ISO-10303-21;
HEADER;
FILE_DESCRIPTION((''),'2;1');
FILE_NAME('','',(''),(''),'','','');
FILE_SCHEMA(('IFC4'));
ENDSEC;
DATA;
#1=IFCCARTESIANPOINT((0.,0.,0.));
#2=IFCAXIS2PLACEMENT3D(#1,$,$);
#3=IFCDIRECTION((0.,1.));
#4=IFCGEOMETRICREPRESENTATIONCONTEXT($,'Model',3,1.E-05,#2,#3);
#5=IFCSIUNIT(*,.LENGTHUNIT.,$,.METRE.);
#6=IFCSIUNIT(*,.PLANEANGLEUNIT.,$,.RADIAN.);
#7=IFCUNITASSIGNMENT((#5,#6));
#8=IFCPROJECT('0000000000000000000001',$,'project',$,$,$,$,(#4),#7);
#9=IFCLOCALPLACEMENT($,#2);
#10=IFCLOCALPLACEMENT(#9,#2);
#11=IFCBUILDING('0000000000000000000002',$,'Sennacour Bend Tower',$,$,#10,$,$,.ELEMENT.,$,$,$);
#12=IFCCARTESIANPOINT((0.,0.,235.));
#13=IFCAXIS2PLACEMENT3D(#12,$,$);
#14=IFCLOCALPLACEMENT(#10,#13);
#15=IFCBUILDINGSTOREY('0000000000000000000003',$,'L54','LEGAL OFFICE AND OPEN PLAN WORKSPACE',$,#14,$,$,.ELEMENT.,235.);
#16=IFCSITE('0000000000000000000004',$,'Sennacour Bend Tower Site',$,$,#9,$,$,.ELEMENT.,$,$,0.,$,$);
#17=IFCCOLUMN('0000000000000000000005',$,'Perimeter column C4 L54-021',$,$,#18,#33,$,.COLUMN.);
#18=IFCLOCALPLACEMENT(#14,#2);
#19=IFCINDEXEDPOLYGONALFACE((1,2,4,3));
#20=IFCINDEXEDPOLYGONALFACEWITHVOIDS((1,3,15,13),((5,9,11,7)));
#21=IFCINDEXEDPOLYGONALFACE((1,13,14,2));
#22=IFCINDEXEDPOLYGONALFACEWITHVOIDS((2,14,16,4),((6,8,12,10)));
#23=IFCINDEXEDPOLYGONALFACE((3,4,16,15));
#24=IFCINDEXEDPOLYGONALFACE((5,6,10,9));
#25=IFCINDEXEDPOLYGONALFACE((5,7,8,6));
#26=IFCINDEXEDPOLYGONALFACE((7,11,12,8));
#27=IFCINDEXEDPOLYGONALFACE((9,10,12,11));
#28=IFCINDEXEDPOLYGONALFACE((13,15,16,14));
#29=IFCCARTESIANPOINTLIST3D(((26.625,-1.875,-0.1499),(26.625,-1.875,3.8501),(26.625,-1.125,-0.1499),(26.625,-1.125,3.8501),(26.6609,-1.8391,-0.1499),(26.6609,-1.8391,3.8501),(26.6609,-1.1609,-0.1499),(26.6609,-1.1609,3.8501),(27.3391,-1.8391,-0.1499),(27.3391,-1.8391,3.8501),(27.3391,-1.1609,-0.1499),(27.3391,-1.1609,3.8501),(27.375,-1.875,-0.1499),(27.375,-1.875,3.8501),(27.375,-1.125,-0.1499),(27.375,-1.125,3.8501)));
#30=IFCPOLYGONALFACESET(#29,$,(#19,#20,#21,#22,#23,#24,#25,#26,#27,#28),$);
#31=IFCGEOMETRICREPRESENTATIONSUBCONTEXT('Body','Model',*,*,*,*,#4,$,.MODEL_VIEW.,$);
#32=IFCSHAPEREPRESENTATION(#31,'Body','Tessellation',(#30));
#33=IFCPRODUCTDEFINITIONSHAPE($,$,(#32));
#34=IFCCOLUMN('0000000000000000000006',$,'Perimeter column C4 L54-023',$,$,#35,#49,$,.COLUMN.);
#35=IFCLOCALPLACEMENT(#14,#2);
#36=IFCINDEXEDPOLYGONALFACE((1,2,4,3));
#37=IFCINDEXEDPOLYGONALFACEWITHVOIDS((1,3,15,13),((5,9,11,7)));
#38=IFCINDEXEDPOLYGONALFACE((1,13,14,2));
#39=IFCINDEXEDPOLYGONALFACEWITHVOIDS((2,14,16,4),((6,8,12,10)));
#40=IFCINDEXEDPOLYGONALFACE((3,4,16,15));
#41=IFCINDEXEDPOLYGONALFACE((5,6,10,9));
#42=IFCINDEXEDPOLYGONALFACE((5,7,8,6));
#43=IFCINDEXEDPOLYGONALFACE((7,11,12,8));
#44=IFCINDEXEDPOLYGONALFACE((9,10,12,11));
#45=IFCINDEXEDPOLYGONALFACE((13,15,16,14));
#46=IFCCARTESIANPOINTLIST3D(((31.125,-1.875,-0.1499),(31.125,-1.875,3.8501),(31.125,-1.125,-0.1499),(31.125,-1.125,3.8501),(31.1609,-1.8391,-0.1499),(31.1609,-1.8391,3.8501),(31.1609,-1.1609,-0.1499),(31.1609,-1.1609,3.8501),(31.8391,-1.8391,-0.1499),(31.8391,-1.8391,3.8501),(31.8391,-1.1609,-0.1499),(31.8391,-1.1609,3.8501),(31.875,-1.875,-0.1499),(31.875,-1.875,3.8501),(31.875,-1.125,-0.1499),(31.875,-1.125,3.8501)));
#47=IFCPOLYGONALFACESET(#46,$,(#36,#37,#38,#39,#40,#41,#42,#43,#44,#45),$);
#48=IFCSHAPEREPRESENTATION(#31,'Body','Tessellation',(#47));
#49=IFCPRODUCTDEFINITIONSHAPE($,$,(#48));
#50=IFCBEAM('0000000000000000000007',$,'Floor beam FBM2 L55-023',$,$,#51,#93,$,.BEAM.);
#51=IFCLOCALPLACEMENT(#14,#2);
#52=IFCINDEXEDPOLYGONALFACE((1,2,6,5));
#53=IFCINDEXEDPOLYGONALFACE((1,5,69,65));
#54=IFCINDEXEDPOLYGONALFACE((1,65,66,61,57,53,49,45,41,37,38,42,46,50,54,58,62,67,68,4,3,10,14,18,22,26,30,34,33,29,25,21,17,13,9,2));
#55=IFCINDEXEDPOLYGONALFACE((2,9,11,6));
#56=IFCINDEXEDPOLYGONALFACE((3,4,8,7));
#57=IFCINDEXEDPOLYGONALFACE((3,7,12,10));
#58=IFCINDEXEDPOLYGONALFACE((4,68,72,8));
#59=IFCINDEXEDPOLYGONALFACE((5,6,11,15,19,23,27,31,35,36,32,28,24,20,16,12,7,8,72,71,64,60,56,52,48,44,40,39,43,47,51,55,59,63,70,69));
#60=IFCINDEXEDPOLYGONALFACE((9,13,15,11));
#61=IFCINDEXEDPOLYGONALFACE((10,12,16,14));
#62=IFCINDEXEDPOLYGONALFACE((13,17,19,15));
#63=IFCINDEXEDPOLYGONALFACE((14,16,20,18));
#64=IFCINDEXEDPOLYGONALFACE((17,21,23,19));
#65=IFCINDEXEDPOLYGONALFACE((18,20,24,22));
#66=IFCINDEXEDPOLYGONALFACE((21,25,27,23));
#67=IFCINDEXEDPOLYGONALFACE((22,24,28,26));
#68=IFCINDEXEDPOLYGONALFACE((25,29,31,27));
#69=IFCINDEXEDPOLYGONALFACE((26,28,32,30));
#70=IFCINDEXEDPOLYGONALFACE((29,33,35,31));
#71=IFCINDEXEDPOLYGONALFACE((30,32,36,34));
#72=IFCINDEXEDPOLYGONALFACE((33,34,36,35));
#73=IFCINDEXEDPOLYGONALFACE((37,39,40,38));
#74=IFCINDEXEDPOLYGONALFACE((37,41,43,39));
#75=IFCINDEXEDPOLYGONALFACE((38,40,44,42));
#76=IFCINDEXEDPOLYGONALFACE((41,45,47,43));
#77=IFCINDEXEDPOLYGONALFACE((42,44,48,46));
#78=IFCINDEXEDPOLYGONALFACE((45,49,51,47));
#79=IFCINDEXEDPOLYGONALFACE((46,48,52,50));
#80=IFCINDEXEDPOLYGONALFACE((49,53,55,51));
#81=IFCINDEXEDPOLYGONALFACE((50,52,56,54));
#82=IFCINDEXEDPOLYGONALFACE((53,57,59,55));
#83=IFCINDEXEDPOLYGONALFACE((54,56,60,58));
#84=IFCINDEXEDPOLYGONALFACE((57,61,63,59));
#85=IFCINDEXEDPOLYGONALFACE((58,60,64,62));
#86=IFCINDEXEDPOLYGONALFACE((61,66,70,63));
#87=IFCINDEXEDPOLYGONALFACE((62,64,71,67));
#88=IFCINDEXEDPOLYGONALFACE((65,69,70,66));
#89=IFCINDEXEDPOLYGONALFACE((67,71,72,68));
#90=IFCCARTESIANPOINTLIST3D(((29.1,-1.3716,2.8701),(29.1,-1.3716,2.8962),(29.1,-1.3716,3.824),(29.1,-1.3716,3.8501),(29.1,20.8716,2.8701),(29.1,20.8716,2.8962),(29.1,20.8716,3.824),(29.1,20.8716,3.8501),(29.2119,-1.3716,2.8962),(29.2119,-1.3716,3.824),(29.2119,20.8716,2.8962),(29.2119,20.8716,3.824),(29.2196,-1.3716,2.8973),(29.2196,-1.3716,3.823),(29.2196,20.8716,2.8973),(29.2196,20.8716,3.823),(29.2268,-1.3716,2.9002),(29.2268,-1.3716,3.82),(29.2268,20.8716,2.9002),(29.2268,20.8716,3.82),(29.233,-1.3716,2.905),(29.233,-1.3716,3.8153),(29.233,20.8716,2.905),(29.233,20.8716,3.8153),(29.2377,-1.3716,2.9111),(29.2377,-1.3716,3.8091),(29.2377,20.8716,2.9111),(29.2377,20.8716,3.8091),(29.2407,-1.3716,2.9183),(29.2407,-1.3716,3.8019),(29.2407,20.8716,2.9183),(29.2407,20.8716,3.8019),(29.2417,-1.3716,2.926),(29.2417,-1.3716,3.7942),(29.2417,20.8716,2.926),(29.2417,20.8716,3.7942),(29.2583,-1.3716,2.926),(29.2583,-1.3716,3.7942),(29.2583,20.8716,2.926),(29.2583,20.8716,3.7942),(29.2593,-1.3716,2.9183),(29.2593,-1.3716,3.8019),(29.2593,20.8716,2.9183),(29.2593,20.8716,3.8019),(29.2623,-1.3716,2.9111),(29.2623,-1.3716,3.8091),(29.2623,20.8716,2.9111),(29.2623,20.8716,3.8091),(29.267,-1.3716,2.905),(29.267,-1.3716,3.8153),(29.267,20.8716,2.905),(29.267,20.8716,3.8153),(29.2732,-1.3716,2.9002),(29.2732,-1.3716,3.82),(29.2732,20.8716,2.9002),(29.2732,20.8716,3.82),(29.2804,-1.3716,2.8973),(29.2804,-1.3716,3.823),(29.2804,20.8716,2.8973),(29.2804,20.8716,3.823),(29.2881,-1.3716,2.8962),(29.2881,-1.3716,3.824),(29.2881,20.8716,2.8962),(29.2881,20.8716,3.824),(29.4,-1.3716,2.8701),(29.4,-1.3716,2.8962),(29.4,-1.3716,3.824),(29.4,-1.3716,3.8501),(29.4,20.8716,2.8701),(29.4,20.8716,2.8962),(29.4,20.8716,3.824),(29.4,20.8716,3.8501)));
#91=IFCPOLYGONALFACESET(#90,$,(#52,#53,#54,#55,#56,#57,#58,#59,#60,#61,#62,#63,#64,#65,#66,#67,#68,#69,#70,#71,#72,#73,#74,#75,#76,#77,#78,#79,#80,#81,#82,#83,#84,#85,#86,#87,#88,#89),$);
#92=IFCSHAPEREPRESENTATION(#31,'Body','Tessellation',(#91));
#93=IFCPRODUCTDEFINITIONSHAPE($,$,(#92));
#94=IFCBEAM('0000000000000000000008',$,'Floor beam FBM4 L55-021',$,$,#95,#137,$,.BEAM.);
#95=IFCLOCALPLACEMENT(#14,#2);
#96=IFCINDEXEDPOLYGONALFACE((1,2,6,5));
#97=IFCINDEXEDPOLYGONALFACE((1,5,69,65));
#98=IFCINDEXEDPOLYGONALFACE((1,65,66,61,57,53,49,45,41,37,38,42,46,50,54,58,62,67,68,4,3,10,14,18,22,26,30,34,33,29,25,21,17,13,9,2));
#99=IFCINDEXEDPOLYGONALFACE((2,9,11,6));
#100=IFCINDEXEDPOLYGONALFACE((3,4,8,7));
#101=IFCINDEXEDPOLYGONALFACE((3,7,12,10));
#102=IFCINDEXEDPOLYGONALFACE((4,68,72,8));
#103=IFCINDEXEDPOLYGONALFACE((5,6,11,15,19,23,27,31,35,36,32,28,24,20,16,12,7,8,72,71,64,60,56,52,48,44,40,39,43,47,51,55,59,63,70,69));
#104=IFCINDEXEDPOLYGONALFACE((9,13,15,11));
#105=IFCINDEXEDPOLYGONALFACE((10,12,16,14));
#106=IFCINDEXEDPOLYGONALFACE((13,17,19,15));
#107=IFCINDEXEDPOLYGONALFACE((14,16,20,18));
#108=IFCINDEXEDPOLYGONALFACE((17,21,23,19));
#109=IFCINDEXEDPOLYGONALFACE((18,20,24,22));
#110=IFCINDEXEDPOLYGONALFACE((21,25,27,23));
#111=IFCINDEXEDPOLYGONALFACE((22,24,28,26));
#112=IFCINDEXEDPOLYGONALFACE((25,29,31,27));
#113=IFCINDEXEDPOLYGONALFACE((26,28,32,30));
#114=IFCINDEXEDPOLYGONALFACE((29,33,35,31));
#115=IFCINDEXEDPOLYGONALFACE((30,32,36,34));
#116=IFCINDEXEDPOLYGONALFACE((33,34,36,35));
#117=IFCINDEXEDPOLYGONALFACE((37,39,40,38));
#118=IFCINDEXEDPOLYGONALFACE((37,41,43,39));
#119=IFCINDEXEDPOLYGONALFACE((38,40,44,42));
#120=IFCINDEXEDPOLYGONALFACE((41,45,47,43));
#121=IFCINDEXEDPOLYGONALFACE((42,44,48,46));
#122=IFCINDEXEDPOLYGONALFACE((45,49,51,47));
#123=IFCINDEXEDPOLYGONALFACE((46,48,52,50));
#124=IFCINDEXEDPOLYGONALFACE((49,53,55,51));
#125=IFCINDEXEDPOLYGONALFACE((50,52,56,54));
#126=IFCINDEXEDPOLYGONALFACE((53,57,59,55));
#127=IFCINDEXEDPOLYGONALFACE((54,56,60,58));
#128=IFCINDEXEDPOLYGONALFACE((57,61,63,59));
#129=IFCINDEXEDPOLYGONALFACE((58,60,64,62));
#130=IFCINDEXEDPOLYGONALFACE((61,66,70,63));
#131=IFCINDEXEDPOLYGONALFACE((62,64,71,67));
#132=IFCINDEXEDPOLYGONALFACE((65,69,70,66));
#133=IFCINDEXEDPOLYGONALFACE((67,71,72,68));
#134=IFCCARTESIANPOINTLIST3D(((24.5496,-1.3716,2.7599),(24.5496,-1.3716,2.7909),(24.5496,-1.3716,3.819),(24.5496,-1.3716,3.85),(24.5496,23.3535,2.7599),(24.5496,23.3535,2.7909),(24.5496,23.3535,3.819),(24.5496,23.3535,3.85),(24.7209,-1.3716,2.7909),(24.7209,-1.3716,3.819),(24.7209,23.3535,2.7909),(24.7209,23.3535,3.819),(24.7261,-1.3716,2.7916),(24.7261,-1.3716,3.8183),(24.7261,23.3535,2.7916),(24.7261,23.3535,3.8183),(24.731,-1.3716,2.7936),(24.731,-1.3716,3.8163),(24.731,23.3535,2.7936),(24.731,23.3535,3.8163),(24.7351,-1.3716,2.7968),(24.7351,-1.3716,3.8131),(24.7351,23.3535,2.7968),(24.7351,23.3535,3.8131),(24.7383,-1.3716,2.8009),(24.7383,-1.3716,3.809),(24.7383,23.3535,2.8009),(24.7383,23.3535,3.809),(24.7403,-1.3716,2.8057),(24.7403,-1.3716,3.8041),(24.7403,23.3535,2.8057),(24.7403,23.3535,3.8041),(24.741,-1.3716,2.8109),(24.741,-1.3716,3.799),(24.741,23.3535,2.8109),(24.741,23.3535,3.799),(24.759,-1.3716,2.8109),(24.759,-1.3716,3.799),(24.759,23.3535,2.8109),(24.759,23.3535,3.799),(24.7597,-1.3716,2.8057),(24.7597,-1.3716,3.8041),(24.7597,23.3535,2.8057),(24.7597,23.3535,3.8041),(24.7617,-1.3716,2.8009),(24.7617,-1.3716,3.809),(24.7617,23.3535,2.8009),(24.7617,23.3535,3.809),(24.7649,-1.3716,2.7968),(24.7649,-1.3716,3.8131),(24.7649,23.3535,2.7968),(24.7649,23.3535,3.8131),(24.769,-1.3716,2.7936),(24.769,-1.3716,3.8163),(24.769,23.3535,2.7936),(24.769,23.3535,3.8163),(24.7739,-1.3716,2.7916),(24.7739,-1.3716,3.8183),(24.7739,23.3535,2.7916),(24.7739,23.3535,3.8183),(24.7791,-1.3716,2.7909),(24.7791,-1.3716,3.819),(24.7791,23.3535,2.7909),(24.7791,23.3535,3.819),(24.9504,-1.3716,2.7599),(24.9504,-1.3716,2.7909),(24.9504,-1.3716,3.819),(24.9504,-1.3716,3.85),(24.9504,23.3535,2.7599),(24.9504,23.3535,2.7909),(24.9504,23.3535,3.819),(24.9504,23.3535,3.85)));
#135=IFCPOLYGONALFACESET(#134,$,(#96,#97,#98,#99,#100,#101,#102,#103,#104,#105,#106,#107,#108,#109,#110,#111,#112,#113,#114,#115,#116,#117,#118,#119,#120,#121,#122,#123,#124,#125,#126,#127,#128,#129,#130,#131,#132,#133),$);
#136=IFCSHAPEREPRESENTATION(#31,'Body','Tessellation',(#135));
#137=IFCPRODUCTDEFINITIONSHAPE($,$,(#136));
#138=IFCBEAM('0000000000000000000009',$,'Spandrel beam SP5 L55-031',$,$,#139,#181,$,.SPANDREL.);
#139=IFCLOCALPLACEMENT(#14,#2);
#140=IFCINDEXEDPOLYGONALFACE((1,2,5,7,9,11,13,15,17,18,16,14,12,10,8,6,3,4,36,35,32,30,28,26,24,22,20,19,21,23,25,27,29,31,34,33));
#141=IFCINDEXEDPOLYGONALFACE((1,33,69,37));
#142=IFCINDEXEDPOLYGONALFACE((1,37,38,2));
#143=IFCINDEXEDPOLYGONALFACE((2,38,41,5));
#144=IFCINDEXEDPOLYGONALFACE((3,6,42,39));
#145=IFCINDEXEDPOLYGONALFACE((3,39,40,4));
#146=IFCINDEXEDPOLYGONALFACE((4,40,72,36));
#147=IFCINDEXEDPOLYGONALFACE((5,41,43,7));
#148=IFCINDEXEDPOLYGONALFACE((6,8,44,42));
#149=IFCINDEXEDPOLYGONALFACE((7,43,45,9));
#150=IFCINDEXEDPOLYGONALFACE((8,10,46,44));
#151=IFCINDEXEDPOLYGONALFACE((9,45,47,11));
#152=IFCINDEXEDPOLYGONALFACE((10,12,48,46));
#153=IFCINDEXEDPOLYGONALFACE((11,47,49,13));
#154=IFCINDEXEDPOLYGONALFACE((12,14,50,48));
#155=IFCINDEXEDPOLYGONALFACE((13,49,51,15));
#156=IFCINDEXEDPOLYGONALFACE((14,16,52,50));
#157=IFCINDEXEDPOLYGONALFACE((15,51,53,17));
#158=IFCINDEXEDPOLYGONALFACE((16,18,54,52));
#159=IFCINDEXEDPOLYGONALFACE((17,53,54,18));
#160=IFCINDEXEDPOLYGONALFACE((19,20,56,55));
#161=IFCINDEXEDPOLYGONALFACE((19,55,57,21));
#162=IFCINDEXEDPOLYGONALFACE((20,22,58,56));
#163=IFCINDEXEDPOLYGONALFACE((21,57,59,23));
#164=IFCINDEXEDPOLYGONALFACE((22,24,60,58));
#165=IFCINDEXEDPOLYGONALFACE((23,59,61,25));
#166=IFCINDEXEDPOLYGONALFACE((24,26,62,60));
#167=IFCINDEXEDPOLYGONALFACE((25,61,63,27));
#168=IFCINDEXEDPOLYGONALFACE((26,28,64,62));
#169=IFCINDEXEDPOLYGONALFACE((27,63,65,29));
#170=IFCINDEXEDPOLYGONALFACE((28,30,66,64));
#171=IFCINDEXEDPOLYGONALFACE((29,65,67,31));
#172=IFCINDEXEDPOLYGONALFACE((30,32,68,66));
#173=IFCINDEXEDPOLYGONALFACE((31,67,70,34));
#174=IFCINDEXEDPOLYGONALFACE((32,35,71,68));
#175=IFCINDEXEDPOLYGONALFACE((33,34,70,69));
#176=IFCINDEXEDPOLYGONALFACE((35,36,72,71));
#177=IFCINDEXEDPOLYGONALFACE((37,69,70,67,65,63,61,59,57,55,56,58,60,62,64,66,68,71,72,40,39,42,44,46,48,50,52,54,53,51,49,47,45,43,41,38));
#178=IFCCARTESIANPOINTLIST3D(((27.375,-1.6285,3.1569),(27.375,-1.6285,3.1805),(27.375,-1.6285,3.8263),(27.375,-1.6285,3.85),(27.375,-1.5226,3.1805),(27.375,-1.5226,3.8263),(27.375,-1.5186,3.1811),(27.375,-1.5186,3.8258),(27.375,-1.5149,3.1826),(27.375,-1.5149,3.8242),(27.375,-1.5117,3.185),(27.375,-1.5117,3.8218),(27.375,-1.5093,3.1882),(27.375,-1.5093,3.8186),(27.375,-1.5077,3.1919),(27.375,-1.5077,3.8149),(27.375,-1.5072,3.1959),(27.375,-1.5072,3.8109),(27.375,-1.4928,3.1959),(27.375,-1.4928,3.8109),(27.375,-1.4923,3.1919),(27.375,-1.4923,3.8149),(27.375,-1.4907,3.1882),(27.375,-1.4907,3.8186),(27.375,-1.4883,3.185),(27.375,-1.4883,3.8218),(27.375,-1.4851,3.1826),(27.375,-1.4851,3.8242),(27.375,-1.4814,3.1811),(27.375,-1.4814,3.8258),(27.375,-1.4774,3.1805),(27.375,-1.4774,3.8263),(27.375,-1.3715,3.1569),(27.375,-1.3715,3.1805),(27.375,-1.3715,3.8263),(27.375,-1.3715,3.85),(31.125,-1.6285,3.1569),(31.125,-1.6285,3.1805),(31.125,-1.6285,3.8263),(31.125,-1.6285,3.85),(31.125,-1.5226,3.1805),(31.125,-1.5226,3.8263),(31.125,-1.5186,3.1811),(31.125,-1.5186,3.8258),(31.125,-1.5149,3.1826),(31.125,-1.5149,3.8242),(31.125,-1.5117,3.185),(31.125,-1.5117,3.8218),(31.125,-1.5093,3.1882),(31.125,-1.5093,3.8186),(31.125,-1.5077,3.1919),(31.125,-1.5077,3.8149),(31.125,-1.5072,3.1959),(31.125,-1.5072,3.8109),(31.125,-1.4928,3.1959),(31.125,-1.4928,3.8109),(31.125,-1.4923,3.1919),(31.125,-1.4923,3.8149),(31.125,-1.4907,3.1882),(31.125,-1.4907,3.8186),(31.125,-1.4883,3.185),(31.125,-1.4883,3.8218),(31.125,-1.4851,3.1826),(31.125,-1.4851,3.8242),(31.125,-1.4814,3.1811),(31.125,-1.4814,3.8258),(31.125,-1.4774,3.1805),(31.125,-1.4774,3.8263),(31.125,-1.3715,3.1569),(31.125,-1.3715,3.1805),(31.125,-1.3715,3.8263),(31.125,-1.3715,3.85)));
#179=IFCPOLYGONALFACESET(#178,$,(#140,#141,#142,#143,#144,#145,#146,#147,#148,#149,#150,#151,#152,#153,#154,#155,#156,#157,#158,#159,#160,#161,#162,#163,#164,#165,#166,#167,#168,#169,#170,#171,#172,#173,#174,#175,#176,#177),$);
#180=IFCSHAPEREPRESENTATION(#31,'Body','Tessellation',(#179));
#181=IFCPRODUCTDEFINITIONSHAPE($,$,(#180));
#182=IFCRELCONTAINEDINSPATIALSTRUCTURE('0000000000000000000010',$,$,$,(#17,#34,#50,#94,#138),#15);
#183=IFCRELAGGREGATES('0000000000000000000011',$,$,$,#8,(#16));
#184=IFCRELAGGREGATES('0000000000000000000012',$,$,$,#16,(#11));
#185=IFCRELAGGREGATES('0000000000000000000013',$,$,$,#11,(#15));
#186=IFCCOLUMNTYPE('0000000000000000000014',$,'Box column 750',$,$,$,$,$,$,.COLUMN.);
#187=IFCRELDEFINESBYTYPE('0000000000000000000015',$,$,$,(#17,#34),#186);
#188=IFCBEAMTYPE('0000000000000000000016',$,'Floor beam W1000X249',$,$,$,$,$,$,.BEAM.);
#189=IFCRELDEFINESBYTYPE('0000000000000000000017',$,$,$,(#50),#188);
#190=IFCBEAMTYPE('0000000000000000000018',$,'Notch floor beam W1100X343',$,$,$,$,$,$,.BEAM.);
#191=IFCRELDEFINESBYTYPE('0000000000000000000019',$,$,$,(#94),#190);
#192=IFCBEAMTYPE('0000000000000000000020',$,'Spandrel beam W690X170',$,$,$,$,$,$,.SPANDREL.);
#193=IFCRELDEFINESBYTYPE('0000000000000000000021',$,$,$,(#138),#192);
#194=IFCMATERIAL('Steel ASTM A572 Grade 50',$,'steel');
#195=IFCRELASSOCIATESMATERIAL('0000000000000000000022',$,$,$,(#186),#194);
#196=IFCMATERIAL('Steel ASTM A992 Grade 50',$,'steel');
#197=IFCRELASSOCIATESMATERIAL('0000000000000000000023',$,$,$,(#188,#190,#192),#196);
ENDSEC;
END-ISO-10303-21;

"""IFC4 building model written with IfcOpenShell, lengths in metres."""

from ifc_helpers import new_model, si_unit, direction, frame, origin, origin_2d, place, context, subcontext, project, spatial, hollow_rectangle, i_section, extrude, material, material_profile, profile_set, type_object, element, save


model = new_model("IFC4")

# Units and contexts
model_context = context("Model", 3, precision=1e-05, world=origin(), true_north=direction((0.0, 1.0)))
body_context = subcontext(model_context, "Body", "Model", "MODEL_VIEW")
ifc_project = project(units=[si_unit("LENGTHUNIT", "METRE"), si_unit("PLANEANGLEUNIT", "RADIAN")], contexts=[model_context])

# Site, building, storey
site_placement = place(None, origin())
site = spatial("IfcSite", under=ifc_project, at=site_placement, Name="Sennacour Bend Tower Site", CompositionType="ELEMENT", RefElevation=0.0)
building_placement = place(site_placement, origin())
building = spatial("IfcBuilding", under=site, at=building_placement, Name="Sennacour Bend Tower", CompositionType="ELEMENT")
storey_placement = place(building_placement, frame((0.0, 0.0, 235.0)))
storey = spatial("IfcBuildingStorey", under=building, at=storey_placement, Name="L54", Description="LEGAL OFFICE AND OPEN PLAN WORKSPACE", CompositionType="ELEMENT", Elevation=235.0)

# Columns
ifc_material_1 = material(Name="Steel ASTM A572 Grade 50", Category="steel")
ifc_material_profile_1 = material_profile(ifc_material_1, hollow_rectangle(XDim=0.75, YDim=0.75, WallThickness=0.0359, at=origin_2d()), Name="Steel ASTM A572 Grade 50", Category="steel")
ifc_profile_set_1 = profile_set([ifc_material_profile_1], Name="Steel ASTM A572 Grade 50")
column_type = type_object("IfcColumnType", Name="Box column 750", PredefinedType="COLUMN", material=ifc_profile_set_1)
for number, where, z_axis, x_axis, name in (
    (1, (27.0, -1.5, -0.1499), (0.0, 0.0, 1.0), (1.0, 0.0, 0.0), "Perimeter column C4 L54-021"),
    (2, (31.5, -1.5, -0.1499), (0.0, 0.0, 1.0), (1.0, 0.0, 0.0), "Perimeter column C4 L54-023"),
):
    element("IfcColumn", number, at=place(storey_placement, frame(where, z_axis=z_axis, x_axis=x_axis)), inside=storey, type_object=column_type, Name=name, PredefinedType="COLUMN", context=body_context, shape_type="SweptSolid", body=[
        extrude(hollow_rectangle(XDim=0.75, YDim=0.75, WallThickness=0.0359, at=origin_2d()), origin(), (0.0, 0.0, 1.0), 4.0),
    ])

# Beams
ifc_material_2 = material(Name="Steel ASTM A992 Grade 50", Category="steel")
ifc_material_profile_2 = material_profile(ifc_material_2, i_section(OverallWidth=0.3, OverallDepth=0.98, WebThickness=0.0166, FlangeThickness=0.0261, FilletRadius=0.0298, at=origin_2d()), Name="Steel ASTM A992 Grade 50", Category="steel")
ifc_profile_set_2 = profile_set([ifc_material_profile_2], Name="Steel ASTM A992 Grade 50")
beam_type_1 = type_object("IfcBeamType", Name="Floor beam W1000X249", PredefinedType="BEAM", material=ifc_profile_set_2)
beam_1_placement = place(storey_placement, frame((29.25, -1.3716, 3.3601), z_axis=(0.0, 1.0, 0.0), x_axis=(-1.0, 0.0, 0.0)))
element("IfcBeam", 3, at=beam_1_placement, inside=storey, type_object=beam_type_1, Name="Floor beam FBM2 L55-023", PredefinedType="BEAM", context=body_context, shape_type="SweptSolid", body=[
    extrude(i_section(OverallWidth=0.3, OverallDepth=0.98, WebThickness=0.0166, FlangeThickness=0.0261, FilletRadius=0.0298, at=origin_2d()), origin(), (0.0, 0.0, 1.0), 22.2432),
])
ifc_material_profile_3 = material_profile(ifc_material_2, i_section(OverallWidth=0.4009, OverallDepth=1.0901, WebThickness=0.0181, FlangeThickness=0.031, FilletRadius=0.02, at=origin_2d()), Name="Steel ASTM A992 Grade 50", Category="steel")
ifc_profile_set_3 = profile_set([ifc_material_profile_3], Name="Steel ASTM A992 Grade 50")
beam_type_2 = type_object("IfcBeamType", Name="Notch floor beam W1100X343", PredefinedType="BEAM", material=ifc_profile_set_3)
beam_2_placement = place(storey_placement, frame((24.75, -1.3716, 3.3049), z_axis=(0.0, 1.0, 0.0), x_axis=(-1.0, 0.0, 0.0)))
element("IfcBeam", 4, at=beam_2_placement, inside=storey, type_object=beam_type_2, Name="Floor beam FBM4 L55-021", PredefinedType="BEAM", context=body_context, shape_type="SweptSolid", body=[
    extrude(i_section(OverallWidth=0.4009, OverallDepth=1.0901, WebThickness=0.0181, FlangeThickness=0.031, FilletRadius=0.02, at=origin_2d()), origin(), (0.0, 0.0, 1.0), 24.7251),
])
ifc_material_profile_4 = material_profile(ifc_material_2, i_section(OverallWidth=0.2571, OverallDepth=0.6931, WebThickness=0.0144, FlangeThickness=0.0237, FilletRadius=0.0154, at=origin_2d()), Name="Steel ASTM A992 Grade 50", Category="steel")
ifc_profile_set_4 = profile_set([ifc_material_profile_4], Name="Steel ASTM A992 Grade 50")
beam_type_3 = type_object("IfcBeamType", Name="Spandrel beam W690X170", PredefinedType="SPANDREL", material=ifc_profile_set_4)
for number, where, z_axis, x_axis, name in (
    (5, (31.125, -1.5, 3.5034), (-1.0, 0.0, 0.0), (0.0, -1.0, 0.0), "Spandrel beam SP5 L55-031"),
):
    element("IfcBeam", number, at=place(storey_placement, frame(where, z_axis=z_axis, x_axis=x_axis)), inside=storey, type_object=beam_type_3, Name=name, PredefinedType="SPANDREL", context=body_context, shape_type="SweptSolid", body=[
        extrude(i_section(OverallWidth=0.2571, OverallDepth=0.6931, WebThickness=0.0144, FlangeThickness=0.0237, FilletRadius=0.0154, at=origin_2d()), origin(), (0.0, 0.0, 1.0), 3.75),
    ])

save(model, "model.ifc")
